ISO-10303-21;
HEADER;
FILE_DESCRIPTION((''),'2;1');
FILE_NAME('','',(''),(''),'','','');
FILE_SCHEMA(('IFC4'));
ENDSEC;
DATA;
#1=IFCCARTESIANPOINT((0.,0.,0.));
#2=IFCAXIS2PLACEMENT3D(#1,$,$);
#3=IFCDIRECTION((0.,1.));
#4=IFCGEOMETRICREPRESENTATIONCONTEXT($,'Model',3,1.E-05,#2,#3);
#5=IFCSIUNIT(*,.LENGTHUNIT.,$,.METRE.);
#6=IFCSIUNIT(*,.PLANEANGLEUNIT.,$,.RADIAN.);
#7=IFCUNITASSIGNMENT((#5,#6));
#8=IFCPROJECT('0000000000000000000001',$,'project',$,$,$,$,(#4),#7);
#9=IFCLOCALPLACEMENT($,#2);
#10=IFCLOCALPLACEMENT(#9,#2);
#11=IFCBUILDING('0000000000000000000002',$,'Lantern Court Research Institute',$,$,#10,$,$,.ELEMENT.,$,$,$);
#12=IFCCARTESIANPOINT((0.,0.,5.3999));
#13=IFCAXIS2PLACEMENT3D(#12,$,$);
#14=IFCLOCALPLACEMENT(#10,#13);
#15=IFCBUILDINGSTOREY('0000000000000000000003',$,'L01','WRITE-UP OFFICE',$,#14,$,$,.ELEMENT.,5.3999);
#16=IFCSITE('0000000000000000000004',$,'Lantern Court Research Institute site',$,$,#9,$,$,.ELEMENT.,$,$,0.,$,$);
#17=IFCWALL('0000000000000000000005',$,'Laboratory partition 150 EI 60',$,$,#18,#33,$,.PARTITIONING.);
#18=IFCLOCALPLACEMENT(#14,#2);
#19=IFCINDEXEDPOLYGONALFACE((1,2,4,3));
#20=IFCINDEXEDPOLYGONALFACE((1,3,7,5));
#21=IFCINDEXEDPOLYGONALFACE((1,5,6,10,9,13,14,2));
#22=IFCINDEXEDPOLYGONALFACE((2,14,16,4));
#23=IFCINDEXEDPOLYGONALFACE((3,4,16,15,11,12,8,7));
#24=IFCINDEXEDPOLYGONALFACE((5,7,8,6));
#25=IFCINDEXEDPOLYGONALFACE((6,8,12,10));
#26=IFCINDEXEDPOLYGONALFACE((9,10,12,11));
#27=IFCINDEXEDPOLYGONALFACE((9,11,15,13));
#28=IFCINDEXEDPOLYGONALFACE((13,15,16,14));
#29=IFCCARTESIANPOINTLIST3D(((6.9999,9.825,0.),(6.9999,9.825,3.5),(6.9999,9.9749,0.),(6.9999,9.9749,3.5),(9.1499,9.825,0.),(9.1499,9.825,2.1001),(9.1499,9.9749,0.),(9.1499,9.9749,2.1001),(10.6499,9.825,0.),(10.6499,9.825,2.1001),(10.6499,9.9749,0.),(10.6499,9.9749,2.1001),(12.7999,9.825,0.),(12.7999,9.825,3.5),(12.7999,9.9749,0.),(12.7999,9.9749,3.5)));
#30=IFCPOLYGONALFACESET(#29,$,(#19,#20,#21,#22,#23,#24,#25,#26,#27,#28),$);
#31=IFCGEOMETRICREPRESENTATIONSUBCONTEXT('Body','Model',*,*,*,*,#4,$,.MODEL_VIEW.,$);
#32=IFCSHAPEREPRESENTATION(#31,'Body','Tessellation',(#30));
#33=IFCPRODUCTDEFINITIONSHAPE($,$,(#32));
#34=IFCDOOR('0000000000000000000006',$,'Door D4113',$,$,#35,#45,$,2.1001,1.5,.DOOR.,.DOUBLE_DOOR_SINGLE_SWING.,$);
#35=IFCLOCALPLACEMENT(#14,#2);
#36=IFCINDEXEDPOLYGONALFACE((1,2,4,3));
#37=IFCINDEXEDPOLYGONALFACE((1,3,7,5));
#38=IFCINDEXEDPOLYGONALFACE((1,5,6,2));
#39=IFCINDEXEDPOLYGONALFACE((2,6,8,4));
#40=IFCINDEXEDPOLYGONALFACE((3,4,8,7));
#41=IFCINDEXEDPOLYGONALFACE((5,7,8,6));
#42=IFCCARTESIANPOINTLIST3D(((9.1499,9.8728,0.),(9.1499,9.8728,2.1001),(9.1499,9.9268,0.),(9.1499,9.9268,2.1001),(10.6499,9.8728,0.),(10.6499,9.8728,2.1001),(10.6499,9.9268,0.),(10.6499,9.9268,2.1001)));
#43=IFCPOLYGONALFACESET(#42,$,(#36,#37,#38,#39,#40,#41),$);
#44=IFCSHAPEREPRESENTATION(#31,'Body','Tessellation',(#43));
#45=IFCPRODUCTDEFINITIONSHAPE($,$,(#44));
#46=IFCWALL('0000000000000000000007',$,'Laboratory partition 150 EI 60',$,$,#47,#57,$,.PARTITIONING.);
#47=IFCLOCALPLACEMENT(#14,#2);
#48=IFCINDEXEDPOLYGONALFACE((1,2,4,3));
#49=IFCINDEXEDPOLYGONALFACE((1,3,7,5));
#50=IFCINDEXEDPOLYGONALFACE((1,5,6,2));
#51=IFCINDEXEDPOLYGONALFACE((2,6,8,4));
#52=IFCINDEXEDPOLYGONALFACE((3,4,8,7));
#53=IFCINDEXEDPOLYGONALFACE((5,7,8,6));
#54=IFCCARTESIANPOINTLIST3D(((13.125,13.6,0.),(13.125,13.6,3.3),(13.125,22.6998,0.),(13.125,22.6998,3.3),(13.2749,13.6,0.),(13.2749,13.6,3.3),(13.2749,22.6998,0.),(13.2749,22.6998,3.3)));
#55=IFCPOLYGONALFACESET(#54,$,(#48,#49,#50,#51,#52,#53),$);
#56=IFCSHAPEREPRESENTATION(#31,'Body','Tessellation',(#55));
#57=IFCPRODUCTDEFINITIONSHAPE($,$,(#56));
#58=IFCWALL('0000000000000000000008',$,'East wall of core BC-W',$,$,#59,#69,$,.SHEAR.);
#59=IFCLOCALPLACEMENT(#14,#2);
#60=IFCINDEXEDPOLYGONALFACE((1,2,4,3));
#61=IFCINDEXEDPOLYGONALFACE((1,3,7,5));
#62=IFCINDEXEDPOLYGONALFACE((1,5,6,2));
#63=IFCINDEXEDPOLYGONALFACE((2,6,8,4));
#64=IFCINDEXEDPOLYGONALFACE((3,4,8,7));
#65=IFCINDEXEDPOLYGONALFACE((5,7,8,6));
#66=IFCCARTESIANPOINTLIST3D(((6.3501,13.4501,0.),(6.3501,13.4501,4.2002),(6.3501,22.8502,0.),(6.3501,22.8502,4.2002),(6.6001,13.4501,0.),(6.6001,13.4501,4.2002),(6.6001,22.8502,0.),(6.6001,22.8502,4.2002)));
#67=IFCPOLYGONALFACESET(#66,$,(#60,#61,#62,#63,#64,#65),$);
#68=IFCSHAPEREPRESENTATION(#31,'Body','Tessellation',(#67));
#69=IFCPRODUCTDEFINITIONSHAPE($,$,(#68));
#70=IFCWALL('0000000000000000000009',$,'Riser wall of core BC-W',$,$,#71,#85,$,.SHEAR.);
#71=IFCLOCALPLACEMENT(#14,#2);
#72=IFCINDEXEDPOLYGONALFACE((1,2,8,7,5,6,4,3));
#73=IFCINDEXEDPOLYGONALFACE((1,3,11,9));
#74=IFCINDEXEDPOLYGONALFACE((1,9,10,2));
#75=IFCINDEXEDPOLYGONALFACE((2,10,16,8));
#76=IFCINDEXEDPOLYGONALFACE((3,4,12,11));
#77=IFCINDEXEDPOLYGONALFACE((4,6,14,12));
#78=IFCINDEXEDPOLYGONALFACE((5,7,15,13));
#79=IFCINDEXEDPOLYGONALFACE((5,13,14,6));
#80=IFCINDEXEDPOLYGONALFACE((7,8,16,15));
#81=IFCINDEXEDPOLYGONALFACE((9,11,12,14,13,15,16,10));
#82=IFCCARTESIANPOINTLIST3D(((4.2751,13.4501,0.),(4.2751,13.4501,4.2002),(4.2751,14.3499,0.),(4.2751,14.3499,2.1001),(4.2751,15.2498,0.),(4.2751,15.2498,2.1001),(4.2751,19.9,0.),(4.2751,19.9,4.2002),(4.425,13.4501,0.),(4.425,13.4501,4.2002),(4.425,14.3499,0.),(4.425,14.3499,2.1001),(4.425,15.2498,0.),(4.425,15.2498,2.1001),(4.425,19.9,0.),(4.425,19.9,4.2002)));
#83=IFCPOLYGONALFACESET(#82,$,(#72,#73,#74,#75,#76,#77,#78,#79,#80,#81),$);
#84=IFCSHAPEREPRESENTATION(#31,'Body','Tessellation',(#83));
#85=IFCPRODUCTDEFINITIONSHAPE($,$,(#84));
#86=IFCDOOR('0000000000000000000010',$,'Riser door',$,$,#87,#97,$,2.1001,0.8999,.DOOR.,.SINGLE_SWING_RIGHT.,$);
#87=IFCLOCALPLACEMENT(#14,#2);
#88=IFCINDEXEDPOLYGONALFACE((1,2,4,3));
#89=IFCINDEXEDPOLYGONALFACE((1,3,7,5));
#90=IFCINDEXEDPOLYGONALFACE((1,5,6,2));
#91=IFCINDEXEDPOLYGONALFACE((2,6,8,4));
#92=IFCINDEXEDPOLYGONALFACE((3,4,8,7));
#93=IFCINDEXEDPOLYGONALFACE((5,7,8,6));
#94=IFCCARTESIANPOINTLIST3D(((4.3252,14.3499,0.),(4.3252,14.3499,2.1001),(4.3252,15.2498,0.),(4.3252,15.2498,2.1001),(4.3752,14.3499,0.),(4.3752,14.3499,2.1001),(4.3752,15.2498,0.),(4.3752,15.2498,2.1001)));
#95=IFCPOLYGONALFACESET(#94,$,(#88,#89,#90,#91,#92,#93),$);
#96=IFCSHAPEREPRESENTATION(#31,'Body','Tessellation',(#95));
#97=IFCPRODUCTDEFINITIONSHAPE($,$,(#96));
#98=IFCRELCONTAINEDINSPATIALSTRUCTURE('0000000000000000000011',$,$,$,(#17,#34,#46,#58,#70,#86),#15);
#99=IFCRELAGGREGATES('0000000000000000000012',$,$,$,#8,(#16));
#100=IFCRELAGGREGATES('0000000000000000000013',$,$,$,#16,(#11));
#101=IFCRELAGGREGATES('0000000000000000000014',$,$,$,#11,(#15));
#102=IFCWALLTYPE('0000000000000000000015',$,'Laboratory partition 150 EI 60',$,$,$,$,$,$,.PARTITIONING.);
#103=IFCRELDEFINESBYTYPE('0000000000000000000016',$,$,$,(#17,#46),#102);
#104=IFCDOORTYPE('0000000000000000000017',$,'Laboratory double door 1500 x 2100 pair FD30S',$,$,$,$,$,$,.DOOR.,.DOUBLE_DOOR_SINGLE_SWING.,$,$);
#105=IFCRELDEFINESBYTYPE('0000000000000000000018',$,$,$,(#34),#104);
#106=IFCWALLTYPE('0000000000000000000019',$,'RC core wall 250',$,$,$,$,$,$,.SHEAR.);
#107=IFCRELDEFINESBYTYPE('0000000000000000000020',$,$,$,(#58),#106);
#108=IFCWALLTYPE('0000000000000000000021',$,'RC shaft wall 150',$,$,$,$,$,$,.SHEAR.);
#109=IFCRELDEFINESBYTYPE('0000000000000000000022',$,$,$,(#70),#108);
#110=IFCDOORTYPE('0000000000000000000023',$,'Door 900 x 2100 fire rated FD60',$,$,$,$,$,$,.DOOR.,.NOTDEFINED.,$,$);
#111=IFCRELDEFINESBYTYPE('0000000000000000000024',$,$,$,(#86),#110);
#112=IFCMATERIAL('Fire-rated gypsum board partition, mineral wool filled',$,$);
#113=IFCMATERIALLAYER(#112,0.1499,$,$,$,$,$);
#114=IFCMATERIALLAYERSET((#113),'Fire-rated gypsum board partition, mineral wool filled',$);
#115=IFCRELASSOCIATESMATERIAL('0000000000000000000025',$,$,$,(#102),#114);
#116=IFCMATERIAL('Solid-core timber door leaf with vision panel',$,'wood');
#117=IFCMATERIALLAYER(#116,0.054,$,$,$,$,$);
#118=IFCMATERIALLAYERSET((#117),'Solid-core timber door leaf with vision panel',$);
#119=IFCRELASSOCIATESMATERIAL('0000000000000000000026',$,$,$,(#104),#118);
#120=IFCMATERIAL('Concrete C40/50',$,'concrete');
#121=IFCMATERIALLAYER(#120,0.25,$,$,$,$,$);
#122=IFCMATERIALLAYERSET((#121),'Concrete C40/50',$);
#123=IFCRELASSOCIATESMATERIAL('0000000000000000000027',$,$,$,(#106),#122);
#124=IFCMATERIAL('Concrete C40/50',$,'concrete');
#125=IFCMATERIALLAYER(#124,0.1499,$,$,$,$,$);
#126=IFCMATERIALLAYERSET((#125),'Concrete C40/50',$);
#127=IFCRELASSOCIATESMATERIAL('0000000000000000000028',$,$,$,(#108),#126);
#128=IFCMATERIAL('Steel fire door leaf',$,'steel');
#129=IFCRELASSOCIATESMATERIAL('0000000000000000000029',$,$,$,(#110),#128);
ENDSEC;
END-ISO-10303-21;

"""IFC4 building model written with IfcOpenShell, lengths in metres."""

from ifc_helpers import new_model, si_unit, direction, frame, frame_2d, origin, place, context, subcontext, project, spatial, rectangle, extrude, material, layer, layer_set, type_object, element, fill, save


model = new_model("IFC4")

# Units and contexts
model_context = context("Model", 3, precision=1e-05, world=origin(), true_north=direction((0.0, 1.0)))
body_context = subcontext(model_context, "Body", "Model", "MODEL_VIEW")
ifc_project = project(units=[si_unit("LENGTHUNIT", "METRE"), si_unit("PLANEANGLEUNIT", "RADIAN")], contexts=[model_context])

# Site, building, storey
site_placement = place(None, origin())
site = spatial("IfcSite", under=ifc_project, at=site_placement, Name="Lantern Court Research Institute site", CompositionType="ELEMENT", RefElevation=0.0)
building_placement = place(site_placement, origin())
building = spatial("IfcBuilding", under=site, at=building_placement, Name="Lantern Court Research Institute", CompositionType="ELEMENT")
storey_placement = place(building_placement, frame((0.0, 0.0, 5.3999)))
storey = spatial("IfcBuildingStorey", under=building, at=storey_placement, Name="L01", Description="WRITE-UP OFFICE", CompositionType="ELEMENT", Elevation=5.3999)

# Wall, opening, door
ifc_material_1 = material(Name="Fire-rated gypsum board partition, mineral wool filled")
ifc_layer_1 = layer(ifc_material_1, 0.1499)
ifc_layer_set_1 = layer_set([ifc_layer_1], Name="Fire-rated gypsum board partition, mineral wool filled")
wall_type_1 = type_object("IfcWallType", Name="Laboratory partition 150 EI 60", PredefinedType="PARTITIONING", material=ifc_layer_set_1)
ifc_material_2 = material(Name="Solid-core timber door leaf with vision panel", Category="wood")
ifc_layer_2 = layer(ifc_material_2, 0.054)
ifc_layer_set_2 = layer_set([ifc_layer_2], Name="Solid-core timber door leaf with vision panel")
door_type_1 = type_object("IfcDoorType", Name="Laboratory double door 1500 x 2100 pair FD30S", OperationType="DOUBLE_DOOR_SINGLE_SWING", PredefinedType="DOOR", material=ifc_layer_set_2)
wall_1_placement = place(storey_placement, frame((7.0, 9.8999, 0.0), z_axis=(0.0, 0.0, 1.0), x_axis=(1.0, 0.0, 0.0)))
wall_1 = element("IfcWall", 1, at=wall_1_placement, inside=storey, type_object=wall_type_1, Name="Laboratory partition 150 EI 60", PredefinedType="PARTITIONING", context=body_context, shape_type="SweptSolid", body=[
    extrude(rectangle(XDim=5.8, YDim=0.1499, at=frame_2d((2.8999, 0.0))), origin(), (0.0, 0.0, 1.0), 3.5),
])
opening_1_placement = place(wall_1_placement, frame((2.1499, 0.0, 0.0)))
opening_1 = element("IfcOpeningElement", 2, at=opening_1_placement, cuts=wall_1, PredefinedType="OPENING", context=body_context, shape_type="SweptSolid", body=[
    extrude(rectangle(XDim=1.5, YDim=2.1001, at=frame_2d((0.75, 1.05))), frame((0.0, 0.085, 0.0), z_axis=(0.0, -1.0, 0.0), x_axis=(1.0, 0.0, 0.0)), (0.0, 0.0, 1.0), 0.1699),
])
door_1_placement = place(opening_1_placement, origin())
door_1 = element("IfcDoor", 3, at=door_1_placement, inside=storey, type_object=door_type_1, Name="Door D4113", OperationType="DOUBLE_DOOR_SINGLE_SWING", OverallHeight=2.1001, OverallWidth=1.5, PredefinedType="DOOR", context=body_context, shape_type="SweptSolid", body=[
    extrude(rectangle(XDim=1.5, YDim=2.1001, at=frame_2d((0.75, 1.05))), frame((0.0, 0.0269, 0.0), z_axis=(0.0, -1.0, 0.0), x_axis=(1.0, 0.0, 0.0)), (0.0, 0.0, 1.0), 0.054),
])
fill(opening_1, door_1)

# Walls
wall_2_placement = place(storey_placement, frame((13.2, 13.6001, 0.0), z_axis=(0.0, 0.0, 1.0), x_axis=(0.0, 1.0, 0.0)))
element("IfcWall", 4, at=wall_2_placement, inside=storey, type_object=wall_type_1, Name="Laboratory partition 150 EI 60", PredefinedType="PARTITIONING", context=body_context, shape_type="SweptSolid", body=[
    extrude(rectangle(XDim=9.0999, YDim=0.1499, at=frame_2d((4.5498, 0.0))), origin(), (0.0, 0.0, 1.0), 3.3),
])
ifc_material_3 = material(Name="Concrete C40/50", Category="concrete")
ifc_layer_3 = layer(ifc_material_3, 0.25)
ifc_layer_set_3 = layer_set([ifc_layer_3], Name="Concrete C40/50")
wall_type_2 = type_object("IfcWallType", Name="RC core wall 250", PredefinedType="SHEAR", material=ifc_layer_set_3)
wall_3_placement = place(storey_placement, frame((6.4751, 13.45, 0.0), z_axis=(0.0, 0.0, 1.0), x_axis=(0.0, 1.0, 0.0)))
element("IfcWall", 5, at=wall_3_placement, inside=storey, type_object=wall_type_2, Name="East wall of core BC-W", PredefinedType="SHEAR", context=body_context, shape_type="SweptSolid", body=[
    extrude(rectangle(XDim=9.4001, YDim=0.25, at=frame_2d((4.7002, 0.0))), origin(), (0.0, 0.0, 1.0), 4.2002),
])

# Wall, opening, door
ifc_material_4 = material(Name="Concrete C40/50", Category="concrete")
ifc_layer_4 = layer(ifc_material_4, 0.1499)
ifc_layer_set_4 = layer_set([ifc_layer_4], Name="Concrete C40/50")
wall_type_3 = type_object("IfcWallType", Name="RC shaft wall 150", PredefinedType="SHEAR", material=ifc_layer_set_4)
wall_4_placement = place(storey_placement, frame((4.3501, 13.45, 0.0), z_axis=(0.0, 0.0, 1.0), x_axis=(0.0, 1.0, 0.0)))
wall_4 = element("IfcWall", 6, at=wall_4_placement, inside=storey, type_object=wall_type_3, Name="Riser wall of core BC-W", PredefinedType="SHEAR", context=body_context, shape_type="SweptSolid", body=[
    extrude(rectangle(XDim=6.45, YDim=0.1499, at=frame_2d((3.2251, 0.0))), origin(), (0.0, 0.0, 1.0), 4.2002),
])
opening_2_placement = place(wall_4_placement, frame((0.8999, 0.0, 0.0)))
opening_2 = element("IfcOpeningElement", 7, at=opening_2_placement, cuts=wall_4, PredefinedType="OPENING", context=body_context, shape_type="SweptSolid", body=[
    extrude(rectangle(XDim=0.8999, YDim=2.1001, at=frame_2d((0.45, 1.05))), frame((0.0, 0.085, 0.0), z_axis=(0.0, -1.0, 0.0), x_axis=(1.0, 0.0, 0.0)), (0.0, 0.0, 1.0), 0.1699),
])
ifc_material_5 = material(Name="Steel fire door leaf", Category="steel")
door_type_2 = type_object("IfcDoorType", Name="Door 900 x 2100 fire rated FD60", OperationType="NOTDEFINED", PredefinedType="DOOR", material=ifc_material_5)
door_2_placement = place(opening_2_placement, origin())
door_2 = element("IfcDoor", 8, at=door_2_placement, inside=storey, type_object=door_type_2, Name="Riser door", OperationType="SINGLE_SWING_RIGHT", OverallHeight=2.1001, OverallWidth=0.8999, PredefinedType="DOOR", context=body_context, shape_type="SweptSolid", body=[
    extrude(rectangle(XDim=0.8999, YDim=2.1001, at=frame_2d((0.45, 1.05))), frame((0.0, 0.0249, 0.0), z_axis=(0.0, -1.0, 0.0), x_axis=(1.0, 0.0, 0.0)), (0.0, 0.0, 1.0), 0.05),
])
fill(opening_2, door_2)

save(model, "model.ifc")
